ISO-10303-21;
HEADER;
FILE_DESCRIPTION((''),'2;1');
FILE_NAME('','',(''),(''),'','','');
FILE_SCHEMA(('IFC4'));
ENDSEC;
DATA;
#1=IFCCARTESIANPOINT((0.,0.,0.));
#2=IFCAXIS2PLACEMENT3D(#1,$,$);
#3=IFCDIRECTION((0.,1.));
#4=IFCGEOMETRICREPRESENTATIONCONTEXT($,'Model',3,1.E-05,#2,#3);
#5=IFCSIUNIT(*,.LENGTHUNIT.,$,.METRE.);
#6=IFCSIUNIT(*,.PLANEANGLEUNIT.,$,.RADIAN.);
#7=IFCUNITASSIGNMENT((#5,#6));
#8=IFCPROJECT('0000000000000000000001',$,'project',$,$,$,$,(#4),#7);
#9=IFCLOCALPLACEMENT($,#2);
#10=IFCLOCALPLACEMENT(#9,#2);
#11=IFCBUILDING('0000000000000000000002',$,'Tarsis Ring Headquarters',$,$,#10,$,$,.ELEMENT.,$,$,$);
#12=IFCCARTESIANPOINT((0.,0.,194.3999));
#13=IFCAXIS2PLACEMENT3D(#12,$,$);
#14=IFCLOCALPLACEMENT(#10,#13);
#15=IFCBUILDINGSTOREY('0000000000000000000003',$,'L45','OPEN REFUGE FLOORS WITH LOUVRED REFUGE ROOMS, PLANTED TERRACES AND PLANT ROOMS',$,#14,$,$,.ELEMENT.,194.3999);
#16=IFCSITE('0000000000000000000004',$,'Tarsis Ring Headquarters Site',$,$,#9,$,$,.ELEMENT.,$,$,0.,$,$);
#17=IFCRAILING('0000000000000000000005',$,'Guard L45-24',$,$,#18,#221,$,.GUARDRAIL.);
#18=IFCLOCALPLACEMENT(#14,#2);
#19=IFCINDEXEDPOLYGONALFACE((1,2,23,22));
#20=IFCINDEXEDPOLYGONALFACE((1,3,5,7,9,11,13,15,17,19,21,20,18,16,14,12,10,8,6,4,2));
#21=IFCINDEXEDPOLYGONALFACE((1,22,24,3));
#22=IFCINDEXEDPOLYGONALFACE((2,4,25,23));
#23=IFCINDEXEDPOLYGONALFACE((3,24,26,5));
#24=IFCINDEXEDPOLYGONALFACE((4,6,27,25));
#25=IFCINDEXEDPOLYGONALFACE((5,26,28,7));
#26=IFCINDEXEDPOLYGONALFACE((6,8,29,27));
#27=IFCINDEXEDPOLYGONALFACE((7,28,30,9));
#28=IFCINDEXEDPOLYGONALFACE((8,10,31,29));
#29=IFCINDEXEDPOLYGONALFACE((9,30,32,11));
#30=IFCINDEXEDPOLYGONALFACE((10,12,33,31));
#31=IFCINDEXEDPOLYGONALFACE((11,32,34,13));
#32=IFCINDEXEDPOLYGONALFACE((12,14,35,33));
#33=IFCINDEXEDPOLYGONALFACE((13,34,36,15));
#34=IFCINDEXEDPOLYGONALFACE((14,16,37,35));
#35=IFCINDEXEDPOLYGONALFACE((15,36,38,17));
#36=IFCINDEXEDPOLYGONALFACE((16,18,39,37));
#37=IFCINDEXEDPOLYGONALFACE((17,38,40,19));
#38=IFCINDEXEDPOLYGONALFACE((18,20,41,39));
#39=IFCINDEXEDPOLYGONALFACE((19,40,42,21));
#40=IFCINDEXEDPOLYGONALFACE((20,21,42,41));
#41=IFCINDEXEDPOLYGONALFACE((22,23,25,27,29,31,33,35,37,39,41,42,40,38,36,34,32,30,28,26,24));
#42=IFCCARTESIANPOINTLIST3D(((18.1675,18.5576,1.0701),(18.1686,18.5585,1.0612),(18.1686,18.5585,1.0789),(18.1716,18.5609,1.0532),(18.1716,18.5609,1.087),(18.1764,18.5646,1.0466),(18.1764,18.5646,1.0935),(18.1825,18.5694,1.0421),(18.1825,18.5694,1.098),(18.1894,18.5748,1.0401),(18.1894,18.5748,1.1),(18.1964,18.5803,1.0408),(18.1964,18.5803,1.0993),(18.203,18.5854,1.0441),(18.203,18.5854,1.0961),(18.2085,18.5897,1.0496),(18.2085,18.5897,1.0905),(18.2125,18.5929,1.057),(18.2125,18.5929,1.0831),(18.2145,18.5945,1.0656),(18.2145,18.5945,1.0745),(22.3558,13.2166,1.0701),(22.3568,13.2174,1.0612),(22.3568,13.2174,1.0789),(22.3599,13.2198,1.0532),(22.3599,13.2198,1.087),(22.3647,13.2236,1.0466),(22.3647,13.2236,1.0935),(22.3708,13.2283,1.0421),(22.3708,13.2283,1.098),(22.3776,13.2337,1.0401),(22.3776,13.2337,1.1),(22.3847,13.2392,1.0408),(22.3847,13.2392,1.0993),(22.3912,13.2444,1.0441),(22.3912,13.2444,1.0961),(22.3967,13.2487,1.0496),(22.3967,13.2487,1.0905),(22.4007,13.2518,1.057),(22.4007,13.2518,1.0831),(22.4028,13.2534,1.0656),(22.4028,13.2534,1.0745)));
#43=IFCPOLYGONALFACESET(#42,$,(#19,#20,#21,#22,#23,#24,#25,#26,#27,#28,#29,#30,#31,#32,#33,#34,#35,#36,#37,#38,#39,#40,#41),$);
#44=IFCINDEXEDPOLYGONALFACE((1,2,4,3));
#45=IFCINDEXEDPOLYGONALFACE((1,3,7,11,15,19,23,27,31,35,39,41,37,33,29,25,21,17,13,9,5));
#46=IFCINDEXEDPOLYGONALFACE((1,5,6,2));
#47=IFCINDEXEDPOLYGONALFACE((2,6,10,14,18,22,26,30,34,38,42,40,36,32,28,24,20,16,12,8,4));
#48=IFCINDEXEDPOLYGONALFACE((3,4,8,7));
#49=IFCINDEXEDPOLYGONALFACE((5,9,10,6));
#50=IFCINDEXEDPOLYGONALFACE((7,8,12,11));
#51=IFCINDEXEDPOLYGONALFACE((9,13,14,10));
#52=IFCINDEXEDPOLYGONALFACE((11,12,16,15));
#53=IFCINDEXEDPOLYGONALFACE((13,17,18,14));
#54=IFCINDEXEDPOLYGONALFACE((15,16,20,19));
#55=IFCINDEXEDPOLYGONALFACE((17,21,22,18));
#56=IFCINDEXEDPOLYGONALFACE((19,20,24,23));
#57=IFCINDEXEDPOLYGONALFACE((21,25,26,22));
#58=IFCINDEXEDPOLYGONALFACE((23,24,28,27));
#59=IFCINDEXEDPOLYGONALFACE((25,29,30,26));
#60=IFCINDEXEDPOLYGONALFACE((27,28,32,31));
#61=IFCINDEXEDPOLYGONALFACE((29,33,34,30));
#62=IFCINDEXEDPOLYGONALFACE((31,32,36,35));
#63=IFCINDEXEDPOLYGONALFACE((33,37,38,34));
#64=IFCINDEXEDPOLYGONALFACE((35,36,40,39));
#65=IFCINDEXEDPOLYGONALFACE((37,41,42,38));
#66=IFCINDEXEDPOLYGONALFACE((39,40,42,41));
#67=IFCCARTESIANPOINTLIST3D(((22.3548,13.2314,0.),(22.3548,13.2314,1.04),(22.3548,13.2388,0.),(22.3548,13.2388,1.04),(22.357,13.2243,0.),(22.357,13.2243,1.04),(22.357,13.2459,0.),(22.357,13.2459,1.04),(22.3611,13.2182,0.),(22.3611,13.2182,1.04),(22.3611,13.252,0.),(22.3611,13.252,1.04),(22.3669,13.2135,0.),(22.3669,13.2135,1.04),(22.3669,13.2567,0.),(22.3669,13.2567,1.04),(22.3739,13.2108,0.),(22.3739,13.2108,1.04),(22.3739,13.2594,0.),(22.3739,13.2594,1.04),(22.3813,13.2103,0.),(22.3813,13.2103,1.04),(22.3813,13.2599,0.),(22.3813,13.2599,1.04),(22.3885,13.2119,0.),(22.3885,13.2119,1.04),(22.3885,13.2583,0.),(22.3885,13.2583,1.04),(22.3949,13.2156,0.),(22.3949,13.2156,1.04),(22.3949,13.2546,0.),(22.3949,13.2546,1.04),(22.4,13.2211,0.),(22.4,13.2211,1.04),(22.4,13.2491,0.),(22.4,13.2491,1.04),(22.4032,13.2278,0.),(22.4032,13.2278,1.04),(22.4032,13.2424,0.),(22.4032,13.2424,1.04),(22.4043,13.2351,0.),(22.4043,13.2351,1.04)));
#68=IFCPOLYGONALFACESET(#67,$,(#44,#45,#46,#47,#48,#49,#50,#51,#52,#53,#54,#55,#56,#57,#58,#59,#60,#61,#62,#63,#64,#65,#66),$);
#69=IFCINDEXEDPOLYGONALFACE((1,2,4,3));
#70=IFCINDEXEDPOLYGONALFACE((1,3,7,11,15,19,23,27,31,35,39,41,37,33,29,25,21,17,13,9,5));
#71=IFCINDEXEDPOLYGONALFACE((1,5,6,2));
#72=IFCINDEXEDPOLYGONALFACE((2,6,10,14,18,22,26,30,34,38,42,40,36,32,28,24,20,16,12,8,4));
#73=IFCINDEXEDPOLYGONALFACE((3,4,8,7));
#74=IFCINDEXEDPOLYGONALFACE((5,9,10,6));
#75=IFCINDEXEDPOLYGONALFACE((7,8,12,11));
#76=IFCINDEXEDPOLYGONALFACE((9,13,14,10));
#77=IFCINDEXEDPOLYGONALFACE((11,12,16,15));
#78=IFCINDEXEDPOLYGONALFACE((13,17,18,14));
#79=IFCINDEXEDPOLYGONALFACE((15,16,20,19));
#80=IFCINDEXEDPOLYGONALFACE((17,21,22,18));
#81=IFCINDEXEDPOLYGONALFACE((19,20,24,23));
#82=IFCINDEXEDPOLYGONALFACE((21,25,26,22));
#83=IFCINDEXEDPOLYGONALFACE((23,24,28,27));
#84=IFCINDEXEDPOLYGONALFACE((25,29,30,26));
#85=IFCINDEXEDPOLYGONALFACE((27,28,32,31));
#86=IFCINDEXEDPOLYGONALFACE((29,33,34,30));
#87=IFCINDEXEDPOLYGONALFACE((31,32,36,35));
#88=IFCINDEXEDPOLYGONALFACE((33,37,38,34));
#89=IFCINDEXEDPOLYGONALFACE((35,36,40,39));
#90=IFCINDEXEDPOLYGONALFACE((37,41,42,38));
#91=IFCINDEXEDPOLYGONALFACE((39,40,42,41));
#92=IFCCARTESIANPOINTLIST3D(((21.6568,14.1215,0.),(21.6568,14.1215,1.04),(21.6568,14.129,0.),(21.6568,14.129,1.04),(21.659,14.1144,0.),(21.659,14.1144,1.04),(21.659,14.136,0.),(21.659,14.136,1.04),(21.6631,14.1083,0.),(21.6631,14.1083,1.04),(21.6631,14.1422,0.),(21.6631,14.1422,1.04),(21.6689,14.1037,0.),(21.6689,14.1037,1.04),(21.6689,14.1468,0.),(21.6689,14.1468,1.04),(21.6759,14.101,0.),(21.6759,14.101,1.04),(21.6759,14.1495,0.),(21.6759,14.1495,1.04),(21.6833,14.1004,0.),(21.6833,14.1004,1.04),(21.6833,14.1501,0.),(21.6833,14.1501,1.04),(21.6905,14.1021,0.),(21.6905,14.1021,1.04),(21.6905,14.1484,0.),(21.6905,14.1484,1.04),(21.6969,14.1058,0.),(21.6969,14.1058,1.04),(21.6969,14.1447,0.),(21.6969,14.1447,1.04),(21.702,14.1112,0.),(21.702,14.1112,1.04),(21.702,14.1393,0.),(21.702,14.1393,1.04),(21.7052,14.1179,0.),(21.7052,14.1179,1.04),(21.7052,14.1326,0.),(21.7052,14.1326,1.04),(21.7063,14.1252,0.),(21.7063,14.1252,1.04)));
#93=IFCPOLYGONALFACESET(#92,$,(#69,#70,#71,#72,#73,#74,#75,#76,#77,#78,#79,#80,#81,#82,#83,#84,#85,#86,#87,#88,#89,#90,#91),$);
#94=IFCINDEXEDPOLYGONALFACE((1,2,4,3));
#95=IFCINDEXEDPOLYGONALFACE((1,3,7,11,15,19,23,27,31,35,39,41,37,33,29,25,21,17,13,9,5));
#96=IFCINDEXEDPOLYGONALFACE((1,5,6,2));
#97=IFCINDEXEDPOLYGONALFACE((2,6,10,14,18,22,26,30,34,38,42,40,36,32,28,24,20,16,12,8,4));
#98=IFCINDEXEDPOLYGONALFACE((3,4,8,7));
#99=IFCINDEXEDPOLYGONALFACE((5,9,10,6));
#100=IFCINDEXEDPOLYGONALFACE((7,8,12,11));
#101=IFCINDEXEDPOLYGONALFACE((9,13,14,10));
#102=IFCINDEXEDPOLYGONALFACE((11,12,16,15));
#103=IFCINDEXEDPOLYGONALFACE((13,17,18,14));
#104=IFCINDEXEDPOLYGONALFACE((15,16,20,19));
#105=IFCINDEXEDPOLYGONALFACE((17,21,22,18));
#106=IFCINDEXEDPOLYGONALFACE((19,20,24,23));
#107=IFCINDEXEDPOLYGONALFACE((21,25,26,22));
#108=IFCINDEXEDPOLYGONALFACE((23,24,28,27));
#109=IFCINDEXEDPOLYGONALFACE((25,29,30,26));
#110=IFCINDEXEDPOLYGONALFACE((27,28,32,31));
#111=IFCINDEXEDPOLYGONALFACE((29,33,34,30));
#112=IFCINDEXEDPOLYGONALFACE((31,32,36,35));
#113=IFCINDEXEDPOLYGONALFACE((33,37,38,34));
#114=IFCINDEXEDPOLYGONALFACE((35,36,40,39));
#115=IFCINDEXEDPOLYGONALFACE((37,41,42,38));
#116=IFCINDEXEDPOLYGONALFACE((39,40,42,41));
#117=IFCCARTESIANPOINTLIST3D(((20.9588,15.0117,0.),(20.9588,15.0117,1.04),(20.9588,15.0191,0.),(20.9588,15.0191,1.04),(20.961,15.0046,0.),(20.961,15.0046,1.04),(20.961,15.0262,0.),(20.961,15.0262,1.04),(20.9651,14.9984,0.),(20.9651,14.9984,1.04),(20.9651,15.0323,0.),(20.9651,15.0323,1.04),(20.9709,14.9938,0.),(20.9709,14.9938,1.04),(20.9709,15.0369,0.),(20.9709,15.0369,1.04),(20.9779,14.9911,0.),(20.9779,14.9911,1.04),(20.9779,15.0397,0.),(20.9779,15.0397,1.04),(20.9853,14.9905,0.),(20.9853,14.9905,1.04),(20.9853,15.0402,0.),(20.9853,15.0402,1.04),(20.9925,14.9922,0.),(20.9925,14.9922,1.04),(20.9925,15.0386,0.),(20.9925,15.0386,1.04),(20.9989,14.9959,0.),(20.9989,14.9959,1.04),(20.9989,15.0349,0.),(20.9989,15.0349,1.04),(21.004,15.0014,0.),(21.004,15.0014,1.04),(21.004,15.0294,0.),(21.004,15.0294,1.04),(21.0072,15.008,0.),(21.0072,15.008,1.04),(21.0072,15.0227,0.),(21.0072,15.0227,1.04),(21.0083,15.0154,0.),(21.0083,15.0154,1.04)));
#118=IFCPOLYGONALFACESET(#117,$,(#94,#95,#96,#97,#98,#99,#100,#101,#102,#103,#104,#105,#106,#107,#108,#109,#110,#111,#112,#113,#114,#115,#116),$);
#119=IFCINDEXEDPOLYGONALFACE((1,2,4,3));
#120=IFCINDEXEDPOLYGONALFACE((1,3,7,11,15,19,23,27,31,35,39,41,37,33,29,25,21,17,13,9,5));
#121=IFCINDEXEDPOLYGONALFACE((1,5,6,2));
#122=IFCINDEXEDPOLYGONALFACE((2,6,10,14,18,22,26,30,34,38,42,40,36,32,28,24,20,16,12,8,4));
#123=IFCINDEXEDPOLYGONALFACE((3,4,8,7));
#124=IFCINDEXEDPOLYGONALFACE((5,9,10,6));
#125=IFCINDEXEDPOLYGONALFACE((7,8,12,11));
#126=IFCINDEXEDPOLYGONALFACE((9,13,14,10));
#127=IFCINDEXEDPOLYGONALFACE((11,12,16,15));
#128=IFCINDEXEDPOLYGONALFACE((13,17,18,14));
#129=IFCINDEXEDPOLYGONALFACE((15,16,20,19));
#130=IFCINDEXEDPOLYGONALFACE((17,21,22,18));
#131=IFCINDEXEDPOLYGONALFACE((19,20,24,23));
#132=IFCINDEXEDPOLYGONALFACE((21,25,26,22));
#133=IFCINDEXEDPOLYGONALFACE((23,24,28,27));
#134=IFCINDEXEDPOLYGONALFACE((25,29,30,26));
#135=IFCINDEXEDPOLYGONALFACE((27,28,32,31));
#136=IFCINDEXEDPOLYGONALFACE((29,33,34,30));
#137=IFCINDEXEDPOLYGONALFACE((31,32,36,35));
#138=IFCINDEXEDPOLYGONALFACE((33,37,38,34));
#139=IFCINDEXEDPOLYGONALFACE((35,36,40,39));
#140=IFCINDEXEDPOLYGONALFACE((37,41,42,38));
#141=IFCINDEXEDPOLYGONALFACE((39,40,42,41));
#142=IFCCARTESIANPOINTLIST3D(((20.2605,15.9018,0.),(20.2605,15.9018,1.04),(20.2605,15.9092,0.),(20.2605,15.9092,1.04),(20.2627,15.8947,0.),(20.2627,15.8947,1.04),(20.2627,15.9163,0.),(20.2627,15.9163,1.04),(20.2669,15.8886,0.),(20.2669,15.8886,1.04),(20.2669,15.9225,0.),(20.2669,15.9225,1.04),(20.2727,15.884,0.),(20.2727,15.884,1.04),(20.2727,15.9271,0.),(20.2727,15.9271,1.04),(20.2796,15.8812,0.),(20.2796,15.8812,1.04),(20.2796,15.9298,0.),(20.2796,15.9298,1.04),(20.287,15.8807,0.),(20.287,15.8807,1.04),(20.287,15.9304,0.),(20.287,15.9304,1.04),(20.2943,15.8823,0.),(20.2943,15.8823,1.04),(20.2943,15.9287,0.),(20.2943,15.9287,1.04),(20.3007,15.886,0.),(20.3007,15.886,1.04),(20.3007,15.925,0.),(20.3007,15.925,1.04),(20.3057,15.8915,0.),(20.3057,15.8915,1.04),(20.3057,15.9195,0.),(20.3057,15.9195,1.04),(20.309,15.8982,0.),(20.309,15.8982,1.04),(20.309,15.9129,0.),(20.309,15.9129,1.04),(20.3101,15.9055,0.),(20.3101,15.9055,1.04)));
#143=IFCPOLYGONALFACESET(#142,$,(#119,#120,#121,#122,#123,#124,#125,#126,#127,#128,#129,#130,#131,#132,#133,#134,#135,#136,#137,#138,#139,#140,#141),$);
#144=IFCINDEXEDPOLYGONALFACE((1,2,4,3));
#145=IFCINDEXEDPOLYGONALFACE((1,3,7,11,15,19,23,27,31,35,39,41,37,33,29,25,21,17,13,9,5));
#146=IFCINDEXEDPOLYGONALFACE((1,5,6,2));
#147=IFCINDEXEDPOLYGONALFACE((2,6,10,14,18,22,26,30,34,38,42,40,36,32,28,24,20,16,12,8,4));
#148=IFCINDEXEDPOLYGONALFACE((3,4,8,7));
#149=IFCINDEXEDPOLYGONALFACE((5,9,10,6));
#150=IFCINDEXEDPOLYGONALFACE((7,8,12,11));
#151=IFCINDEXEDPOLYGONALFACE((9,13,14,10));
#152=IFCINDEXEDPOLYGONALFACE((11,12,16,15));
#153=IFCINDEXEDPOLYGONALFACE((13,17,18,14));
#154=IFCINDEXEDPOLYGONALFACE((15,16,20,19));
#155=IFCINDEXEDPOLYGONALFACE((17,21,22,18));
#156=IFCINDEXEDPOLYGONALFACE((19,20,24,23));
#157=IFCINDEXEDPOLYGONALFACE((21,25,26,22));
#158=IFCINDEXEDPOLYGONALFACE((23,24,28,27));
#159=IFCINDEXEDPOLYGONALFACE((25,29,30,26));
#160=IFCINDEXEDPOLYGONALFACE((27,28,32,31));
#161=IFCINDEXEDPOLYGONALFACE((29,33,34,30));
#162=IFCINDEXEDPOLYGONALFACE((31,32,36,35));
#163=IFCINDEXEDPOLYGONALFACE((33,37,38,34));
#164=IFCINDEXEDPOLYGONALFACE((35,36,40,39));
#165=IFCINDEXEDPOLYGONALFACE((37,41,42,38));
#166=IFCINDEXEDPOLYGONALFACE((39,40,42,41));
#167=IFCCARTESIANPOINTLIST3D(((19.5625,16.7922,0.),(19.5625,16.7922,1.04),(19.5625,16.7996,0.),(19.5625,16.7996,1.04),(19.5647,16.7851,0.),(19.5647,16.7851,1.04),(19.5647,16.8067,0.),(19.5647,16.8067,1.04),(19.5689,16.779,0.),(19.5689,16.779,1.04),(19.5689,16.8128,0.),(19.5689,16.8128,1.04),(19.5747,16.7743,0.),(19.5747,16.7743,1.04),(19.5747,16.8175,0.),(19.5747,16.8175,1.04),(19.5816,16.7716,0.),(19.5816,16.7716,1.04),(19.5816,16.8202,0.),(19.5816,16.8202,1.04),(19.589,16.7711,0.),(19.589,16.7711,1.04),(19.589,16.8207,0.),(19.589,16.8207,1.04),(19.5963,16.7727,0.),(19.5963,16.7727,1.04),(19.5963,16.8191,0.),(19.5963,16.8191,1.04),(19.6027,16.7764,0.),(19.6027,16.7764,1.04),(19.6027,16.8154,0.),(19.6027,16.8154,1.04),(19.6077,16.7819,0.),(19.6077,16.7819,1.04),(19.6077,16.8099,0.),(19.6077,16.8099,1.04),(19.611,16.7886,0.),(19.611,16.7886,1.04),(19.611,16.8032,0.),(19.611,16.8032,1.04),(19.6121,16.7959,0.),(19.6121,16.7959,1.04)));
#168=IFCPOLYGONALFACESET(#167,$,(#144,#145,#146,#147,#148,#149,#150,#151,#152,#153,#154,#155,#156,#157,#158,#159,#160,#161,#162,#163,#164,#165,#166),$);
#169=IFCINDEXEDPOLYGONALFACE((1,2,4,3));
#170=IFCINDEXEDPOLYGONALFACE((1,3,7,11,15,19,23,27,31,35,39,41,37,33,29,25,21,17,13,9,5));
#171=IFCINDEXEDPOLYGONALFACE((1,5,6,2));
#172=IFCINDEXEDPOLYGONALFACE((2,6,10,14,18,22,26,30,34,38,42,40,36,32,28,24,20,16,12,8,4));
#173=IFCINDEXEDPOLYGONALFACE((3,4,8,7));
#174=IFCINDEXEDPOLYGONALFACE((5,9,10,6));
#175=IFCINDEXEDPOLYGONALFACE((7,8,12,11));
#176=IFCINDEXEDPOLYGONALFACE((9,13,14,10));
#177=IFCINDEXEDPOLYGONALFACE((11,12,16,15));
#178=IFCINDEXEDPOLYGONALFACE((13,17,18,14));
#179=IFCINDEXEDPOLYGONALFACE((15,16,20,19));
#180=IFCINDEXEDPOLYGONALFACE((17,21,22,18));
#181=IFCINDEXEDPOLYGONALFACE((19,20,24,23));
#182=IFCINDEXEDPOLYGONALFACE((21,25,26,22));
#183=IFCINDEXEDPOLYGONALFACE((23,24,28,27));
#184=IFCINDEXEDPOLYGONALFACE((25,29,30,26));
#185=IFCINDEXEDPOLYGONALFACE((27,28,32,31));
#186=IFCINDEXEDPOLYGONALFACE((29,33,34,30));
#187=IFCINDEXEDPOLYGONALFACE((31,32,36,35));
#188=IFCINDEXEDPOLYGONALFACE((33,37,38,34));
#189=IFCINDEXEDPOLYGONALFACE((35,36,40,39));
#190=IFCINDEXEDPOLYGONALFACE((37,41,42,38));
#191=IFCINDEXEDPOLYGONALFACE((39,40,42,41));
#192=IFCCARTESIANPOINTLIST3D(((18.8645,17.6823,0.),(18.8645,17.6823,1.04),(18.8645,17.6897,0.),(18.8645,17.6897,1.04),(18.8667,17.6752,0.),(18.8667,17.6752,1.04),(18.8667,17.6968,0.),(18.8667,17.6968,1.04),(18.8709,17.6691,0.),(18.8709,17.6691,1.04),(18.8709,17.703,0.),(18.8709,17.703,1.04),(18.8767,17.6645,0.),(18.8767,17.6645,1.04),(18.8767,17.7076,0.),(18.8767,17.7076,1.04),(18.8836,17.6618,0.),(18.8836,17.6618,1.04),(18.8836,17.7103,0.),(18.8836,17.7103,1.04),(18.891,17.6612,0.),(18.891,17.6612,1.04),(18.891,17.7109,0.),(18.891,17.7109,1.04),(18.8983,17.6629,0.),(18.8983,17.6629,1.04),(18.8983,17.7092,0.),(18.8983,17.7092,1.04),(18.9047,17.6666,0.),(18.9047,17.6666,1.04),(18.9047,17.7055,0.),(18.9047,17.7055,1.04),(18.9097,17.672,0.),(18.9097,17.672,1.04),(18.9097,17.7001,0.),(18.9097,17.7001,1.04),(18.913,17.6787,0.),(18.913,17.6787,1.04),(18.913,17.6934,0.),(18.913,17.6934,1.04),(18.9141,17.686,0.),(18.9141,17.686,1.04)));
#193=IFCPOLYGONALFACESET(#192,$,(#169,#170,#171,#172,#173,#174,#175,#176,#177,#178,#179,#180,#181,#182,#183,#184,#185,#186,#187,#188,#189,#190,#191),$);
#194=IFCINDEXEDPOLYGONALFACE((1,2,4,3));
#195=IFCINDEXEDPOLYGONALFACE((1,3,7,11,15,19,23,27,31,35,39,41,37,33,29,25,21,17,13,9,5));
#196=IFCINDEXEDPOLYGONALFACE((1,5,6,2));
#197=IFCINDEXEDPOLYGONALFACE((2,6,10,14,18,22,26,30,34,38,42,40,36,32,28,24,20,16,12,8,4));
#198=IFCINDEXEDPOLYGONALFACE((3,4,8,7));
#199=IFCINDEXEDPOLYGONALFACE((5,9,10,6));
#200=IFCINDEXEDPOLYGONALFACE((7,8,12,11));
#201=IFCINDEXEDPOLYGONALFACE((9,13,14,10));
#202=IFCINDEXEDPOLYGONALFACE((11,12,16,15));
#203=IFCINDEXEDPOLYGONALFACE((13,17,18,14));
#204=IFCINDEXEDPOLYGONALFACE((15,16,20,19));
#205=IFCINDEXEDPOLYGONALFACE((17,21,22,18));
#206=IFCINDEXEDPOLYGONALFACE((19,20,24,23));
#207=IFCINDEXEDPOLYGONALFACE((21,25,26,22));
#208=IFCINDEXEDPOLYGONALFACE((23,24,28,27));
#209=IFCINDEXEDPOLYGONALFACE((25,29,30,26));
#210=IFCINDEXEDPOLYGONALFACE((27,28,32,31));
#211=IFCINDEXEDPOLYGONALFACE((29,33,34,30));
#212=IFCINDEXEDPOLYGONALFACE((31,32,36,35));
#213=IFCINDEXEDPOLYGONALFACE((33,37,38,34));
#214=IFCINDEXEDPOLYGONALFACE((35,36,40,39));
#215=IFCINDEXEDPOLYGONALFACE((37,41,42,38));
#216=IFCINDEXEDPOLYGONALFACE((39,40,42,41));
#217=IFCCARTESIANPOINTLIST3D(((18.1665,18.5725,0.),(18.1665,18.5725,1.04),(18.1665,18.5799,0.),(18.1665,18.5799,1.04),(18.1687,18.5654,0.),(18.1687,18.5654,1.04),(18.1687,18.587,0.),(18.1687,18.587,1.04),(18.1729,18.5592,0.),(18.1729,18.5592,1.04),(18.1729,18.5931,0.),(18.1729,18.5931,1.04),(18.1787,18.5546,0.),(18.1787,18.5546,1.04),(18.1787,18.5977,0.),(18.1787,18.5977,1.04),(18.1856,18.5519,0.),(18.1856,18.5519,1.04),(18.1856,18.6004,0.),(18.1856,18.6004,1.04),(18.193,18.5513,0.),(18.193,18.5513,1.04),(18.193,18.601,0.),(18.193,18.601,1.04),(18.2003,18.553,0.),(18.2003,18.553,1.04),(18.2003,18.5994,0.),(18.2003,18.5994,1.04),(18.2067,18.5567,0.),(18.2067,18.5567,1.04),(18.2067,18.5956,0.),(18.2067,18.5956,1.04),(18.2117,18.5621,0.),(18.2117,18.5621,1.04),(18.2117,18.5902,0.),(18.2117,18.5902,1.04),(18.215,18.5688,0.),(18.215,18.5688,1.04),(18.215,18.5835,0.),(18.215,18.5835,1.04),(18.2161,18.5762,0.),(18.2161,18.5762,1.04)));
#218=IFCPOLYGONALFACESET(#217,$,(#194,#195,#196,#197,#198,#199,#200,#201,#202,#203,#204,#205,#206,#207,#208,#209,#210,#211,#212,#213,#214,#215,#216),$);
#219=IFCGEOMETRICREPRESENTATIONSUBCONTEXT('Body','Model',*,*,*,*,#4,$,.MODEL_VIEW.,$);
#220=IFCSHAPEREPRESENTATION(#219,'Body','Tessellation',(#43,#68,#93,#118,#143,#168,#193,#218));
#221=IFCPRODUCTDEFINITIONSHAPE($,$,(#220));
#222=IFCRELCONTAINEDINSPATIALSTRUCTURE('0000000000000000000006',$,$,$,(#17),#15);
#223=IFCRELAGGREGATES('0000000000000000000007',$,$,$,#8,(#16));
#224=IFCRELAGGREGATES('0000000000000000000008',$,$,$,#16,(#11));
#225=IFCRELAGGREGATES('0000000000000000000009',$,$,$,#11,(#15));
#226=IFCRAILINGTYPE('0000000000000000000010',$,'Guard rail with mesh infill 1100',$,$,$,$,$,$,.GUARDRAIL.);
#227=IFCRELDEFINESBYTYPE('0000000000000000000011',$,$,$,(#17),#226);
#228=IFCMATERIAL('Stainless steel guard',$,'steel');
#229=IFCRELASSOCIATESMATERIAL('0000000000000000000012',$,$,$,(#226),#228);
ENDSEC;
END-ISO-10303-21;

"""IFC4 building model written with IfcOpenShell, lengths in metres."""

from ifc_helpers import new_model, si_unit, direction, frame, origin, origin_2d, place, context, subcontext, project, spatial, circle, extrude, material, type_object, element, save


model = new_model("IFC4")

# Units and contexts
model_context = context("Model", 3, precision=1e-05, world=origin(), true_north=direction((0.0, 1.0)))
body_context = subcontext(model_context, "Body", "Model", "MODEL_VIEW")
ifc_project = project(units=[si_unit("LENGTHUNIT", "METRE"), si_unit("PLANEANGLEUNIT", "RADIAN")], contexts=[model_context])

# Site, building, storey
site_placement = place(None, origin())
site = spatial("IfcSite", under=ifc_project, at=site_placement, Name="Tarsis Ring Headquarters Site", CompositionType="ELEMENT", RefElevation=0.0)
building_placement = place(site_placement, origin())
building = spatial("IfcBuilding", under=site, at=building_placement, Name="Tarsis Ring Headquarters", CompositionType="ELEMENT")
storey_placement = place(building_placement, frame((0.0, 0.0, 194.3999)))
storey = spatial("IfcBuildingStorey", under=building, at=storey_placement, Name="L45", Description="OPEN REFUGE FLOORS WITH LOUVRED REFUGE ROOMS, PLANTED TERRACES AND PLANT ROOMS", CompositionType="ELEMENT", Elevation=194.3999)

# Railing
ifc_material_1 = material(Name="Stainless steel guard", Category="steel")
railing_type = type_object("IfcRailingType", Name="Guard rail with mesh infill 1100", PredefinedType="GUARDRAIL", material=ifc_material_1)
railing_1_placement = place(storey_placement, frame((22.3794, 13.2351, 0.0)))
element("IfcRailing", 1, at=railing_1_placement, inside=storey, type_object=railing_type, Name="Guard L45-24", PredefinedType="GUARDRAIL", context=body_context, shape_type="SweptSolid", body=[
    extrude(circle(Radius=0.03, at=origin_2d()), frame((0.0, 0.0, 1.0701), z_axis=(-0.617064, 0.786913, 0.0), x_axis=(-0.786913, -0.617064, 0.0)), (0.0, 0.0, 1.0), 6.7874),
    extrude(circle(Radius=0.0249, at=origin_2d()), origin(), (0.0, 0.0, 1.0), 1.04),
    extrude(circle(Radius=0.0249, at=origin_2d()), frame((-0.698, 0.8901, 0.0)), (0.0, 0.0, 1.0), 1.04),
    extrude(circle(Radius=0.0249, at=origin_2d()), frame((-1.396, 1.7803, 0.0)), (0.0, 0.0, 1.0), 1.04),
    extrude(circle(Radius=0.0249, at=origin_2d()), frame((-2.0942, 2.6704, 0.0)), (0.0, 0.0, 1.0), 1.04),
    extrude(circle(Radius=0.0249, at=origin_2d()), frame((-2.7922, 3.5608, 0.0)), (0.0, 0.0, 1.0), 1.04),
    extrude(circle(Radius=0.0249, at=origin_2d()), frame((-3.4902, 4.4509, 0.0)), (0.0, 0.0, 1.0), 1.04),
    extrude(circle(Radius=0.0249, at=origin_2d()), frame((-4.1882, 5.3411, 0.0)), (0.0, 0.0, 1.0), 1.04),
])

save(model, "model.ifc")
